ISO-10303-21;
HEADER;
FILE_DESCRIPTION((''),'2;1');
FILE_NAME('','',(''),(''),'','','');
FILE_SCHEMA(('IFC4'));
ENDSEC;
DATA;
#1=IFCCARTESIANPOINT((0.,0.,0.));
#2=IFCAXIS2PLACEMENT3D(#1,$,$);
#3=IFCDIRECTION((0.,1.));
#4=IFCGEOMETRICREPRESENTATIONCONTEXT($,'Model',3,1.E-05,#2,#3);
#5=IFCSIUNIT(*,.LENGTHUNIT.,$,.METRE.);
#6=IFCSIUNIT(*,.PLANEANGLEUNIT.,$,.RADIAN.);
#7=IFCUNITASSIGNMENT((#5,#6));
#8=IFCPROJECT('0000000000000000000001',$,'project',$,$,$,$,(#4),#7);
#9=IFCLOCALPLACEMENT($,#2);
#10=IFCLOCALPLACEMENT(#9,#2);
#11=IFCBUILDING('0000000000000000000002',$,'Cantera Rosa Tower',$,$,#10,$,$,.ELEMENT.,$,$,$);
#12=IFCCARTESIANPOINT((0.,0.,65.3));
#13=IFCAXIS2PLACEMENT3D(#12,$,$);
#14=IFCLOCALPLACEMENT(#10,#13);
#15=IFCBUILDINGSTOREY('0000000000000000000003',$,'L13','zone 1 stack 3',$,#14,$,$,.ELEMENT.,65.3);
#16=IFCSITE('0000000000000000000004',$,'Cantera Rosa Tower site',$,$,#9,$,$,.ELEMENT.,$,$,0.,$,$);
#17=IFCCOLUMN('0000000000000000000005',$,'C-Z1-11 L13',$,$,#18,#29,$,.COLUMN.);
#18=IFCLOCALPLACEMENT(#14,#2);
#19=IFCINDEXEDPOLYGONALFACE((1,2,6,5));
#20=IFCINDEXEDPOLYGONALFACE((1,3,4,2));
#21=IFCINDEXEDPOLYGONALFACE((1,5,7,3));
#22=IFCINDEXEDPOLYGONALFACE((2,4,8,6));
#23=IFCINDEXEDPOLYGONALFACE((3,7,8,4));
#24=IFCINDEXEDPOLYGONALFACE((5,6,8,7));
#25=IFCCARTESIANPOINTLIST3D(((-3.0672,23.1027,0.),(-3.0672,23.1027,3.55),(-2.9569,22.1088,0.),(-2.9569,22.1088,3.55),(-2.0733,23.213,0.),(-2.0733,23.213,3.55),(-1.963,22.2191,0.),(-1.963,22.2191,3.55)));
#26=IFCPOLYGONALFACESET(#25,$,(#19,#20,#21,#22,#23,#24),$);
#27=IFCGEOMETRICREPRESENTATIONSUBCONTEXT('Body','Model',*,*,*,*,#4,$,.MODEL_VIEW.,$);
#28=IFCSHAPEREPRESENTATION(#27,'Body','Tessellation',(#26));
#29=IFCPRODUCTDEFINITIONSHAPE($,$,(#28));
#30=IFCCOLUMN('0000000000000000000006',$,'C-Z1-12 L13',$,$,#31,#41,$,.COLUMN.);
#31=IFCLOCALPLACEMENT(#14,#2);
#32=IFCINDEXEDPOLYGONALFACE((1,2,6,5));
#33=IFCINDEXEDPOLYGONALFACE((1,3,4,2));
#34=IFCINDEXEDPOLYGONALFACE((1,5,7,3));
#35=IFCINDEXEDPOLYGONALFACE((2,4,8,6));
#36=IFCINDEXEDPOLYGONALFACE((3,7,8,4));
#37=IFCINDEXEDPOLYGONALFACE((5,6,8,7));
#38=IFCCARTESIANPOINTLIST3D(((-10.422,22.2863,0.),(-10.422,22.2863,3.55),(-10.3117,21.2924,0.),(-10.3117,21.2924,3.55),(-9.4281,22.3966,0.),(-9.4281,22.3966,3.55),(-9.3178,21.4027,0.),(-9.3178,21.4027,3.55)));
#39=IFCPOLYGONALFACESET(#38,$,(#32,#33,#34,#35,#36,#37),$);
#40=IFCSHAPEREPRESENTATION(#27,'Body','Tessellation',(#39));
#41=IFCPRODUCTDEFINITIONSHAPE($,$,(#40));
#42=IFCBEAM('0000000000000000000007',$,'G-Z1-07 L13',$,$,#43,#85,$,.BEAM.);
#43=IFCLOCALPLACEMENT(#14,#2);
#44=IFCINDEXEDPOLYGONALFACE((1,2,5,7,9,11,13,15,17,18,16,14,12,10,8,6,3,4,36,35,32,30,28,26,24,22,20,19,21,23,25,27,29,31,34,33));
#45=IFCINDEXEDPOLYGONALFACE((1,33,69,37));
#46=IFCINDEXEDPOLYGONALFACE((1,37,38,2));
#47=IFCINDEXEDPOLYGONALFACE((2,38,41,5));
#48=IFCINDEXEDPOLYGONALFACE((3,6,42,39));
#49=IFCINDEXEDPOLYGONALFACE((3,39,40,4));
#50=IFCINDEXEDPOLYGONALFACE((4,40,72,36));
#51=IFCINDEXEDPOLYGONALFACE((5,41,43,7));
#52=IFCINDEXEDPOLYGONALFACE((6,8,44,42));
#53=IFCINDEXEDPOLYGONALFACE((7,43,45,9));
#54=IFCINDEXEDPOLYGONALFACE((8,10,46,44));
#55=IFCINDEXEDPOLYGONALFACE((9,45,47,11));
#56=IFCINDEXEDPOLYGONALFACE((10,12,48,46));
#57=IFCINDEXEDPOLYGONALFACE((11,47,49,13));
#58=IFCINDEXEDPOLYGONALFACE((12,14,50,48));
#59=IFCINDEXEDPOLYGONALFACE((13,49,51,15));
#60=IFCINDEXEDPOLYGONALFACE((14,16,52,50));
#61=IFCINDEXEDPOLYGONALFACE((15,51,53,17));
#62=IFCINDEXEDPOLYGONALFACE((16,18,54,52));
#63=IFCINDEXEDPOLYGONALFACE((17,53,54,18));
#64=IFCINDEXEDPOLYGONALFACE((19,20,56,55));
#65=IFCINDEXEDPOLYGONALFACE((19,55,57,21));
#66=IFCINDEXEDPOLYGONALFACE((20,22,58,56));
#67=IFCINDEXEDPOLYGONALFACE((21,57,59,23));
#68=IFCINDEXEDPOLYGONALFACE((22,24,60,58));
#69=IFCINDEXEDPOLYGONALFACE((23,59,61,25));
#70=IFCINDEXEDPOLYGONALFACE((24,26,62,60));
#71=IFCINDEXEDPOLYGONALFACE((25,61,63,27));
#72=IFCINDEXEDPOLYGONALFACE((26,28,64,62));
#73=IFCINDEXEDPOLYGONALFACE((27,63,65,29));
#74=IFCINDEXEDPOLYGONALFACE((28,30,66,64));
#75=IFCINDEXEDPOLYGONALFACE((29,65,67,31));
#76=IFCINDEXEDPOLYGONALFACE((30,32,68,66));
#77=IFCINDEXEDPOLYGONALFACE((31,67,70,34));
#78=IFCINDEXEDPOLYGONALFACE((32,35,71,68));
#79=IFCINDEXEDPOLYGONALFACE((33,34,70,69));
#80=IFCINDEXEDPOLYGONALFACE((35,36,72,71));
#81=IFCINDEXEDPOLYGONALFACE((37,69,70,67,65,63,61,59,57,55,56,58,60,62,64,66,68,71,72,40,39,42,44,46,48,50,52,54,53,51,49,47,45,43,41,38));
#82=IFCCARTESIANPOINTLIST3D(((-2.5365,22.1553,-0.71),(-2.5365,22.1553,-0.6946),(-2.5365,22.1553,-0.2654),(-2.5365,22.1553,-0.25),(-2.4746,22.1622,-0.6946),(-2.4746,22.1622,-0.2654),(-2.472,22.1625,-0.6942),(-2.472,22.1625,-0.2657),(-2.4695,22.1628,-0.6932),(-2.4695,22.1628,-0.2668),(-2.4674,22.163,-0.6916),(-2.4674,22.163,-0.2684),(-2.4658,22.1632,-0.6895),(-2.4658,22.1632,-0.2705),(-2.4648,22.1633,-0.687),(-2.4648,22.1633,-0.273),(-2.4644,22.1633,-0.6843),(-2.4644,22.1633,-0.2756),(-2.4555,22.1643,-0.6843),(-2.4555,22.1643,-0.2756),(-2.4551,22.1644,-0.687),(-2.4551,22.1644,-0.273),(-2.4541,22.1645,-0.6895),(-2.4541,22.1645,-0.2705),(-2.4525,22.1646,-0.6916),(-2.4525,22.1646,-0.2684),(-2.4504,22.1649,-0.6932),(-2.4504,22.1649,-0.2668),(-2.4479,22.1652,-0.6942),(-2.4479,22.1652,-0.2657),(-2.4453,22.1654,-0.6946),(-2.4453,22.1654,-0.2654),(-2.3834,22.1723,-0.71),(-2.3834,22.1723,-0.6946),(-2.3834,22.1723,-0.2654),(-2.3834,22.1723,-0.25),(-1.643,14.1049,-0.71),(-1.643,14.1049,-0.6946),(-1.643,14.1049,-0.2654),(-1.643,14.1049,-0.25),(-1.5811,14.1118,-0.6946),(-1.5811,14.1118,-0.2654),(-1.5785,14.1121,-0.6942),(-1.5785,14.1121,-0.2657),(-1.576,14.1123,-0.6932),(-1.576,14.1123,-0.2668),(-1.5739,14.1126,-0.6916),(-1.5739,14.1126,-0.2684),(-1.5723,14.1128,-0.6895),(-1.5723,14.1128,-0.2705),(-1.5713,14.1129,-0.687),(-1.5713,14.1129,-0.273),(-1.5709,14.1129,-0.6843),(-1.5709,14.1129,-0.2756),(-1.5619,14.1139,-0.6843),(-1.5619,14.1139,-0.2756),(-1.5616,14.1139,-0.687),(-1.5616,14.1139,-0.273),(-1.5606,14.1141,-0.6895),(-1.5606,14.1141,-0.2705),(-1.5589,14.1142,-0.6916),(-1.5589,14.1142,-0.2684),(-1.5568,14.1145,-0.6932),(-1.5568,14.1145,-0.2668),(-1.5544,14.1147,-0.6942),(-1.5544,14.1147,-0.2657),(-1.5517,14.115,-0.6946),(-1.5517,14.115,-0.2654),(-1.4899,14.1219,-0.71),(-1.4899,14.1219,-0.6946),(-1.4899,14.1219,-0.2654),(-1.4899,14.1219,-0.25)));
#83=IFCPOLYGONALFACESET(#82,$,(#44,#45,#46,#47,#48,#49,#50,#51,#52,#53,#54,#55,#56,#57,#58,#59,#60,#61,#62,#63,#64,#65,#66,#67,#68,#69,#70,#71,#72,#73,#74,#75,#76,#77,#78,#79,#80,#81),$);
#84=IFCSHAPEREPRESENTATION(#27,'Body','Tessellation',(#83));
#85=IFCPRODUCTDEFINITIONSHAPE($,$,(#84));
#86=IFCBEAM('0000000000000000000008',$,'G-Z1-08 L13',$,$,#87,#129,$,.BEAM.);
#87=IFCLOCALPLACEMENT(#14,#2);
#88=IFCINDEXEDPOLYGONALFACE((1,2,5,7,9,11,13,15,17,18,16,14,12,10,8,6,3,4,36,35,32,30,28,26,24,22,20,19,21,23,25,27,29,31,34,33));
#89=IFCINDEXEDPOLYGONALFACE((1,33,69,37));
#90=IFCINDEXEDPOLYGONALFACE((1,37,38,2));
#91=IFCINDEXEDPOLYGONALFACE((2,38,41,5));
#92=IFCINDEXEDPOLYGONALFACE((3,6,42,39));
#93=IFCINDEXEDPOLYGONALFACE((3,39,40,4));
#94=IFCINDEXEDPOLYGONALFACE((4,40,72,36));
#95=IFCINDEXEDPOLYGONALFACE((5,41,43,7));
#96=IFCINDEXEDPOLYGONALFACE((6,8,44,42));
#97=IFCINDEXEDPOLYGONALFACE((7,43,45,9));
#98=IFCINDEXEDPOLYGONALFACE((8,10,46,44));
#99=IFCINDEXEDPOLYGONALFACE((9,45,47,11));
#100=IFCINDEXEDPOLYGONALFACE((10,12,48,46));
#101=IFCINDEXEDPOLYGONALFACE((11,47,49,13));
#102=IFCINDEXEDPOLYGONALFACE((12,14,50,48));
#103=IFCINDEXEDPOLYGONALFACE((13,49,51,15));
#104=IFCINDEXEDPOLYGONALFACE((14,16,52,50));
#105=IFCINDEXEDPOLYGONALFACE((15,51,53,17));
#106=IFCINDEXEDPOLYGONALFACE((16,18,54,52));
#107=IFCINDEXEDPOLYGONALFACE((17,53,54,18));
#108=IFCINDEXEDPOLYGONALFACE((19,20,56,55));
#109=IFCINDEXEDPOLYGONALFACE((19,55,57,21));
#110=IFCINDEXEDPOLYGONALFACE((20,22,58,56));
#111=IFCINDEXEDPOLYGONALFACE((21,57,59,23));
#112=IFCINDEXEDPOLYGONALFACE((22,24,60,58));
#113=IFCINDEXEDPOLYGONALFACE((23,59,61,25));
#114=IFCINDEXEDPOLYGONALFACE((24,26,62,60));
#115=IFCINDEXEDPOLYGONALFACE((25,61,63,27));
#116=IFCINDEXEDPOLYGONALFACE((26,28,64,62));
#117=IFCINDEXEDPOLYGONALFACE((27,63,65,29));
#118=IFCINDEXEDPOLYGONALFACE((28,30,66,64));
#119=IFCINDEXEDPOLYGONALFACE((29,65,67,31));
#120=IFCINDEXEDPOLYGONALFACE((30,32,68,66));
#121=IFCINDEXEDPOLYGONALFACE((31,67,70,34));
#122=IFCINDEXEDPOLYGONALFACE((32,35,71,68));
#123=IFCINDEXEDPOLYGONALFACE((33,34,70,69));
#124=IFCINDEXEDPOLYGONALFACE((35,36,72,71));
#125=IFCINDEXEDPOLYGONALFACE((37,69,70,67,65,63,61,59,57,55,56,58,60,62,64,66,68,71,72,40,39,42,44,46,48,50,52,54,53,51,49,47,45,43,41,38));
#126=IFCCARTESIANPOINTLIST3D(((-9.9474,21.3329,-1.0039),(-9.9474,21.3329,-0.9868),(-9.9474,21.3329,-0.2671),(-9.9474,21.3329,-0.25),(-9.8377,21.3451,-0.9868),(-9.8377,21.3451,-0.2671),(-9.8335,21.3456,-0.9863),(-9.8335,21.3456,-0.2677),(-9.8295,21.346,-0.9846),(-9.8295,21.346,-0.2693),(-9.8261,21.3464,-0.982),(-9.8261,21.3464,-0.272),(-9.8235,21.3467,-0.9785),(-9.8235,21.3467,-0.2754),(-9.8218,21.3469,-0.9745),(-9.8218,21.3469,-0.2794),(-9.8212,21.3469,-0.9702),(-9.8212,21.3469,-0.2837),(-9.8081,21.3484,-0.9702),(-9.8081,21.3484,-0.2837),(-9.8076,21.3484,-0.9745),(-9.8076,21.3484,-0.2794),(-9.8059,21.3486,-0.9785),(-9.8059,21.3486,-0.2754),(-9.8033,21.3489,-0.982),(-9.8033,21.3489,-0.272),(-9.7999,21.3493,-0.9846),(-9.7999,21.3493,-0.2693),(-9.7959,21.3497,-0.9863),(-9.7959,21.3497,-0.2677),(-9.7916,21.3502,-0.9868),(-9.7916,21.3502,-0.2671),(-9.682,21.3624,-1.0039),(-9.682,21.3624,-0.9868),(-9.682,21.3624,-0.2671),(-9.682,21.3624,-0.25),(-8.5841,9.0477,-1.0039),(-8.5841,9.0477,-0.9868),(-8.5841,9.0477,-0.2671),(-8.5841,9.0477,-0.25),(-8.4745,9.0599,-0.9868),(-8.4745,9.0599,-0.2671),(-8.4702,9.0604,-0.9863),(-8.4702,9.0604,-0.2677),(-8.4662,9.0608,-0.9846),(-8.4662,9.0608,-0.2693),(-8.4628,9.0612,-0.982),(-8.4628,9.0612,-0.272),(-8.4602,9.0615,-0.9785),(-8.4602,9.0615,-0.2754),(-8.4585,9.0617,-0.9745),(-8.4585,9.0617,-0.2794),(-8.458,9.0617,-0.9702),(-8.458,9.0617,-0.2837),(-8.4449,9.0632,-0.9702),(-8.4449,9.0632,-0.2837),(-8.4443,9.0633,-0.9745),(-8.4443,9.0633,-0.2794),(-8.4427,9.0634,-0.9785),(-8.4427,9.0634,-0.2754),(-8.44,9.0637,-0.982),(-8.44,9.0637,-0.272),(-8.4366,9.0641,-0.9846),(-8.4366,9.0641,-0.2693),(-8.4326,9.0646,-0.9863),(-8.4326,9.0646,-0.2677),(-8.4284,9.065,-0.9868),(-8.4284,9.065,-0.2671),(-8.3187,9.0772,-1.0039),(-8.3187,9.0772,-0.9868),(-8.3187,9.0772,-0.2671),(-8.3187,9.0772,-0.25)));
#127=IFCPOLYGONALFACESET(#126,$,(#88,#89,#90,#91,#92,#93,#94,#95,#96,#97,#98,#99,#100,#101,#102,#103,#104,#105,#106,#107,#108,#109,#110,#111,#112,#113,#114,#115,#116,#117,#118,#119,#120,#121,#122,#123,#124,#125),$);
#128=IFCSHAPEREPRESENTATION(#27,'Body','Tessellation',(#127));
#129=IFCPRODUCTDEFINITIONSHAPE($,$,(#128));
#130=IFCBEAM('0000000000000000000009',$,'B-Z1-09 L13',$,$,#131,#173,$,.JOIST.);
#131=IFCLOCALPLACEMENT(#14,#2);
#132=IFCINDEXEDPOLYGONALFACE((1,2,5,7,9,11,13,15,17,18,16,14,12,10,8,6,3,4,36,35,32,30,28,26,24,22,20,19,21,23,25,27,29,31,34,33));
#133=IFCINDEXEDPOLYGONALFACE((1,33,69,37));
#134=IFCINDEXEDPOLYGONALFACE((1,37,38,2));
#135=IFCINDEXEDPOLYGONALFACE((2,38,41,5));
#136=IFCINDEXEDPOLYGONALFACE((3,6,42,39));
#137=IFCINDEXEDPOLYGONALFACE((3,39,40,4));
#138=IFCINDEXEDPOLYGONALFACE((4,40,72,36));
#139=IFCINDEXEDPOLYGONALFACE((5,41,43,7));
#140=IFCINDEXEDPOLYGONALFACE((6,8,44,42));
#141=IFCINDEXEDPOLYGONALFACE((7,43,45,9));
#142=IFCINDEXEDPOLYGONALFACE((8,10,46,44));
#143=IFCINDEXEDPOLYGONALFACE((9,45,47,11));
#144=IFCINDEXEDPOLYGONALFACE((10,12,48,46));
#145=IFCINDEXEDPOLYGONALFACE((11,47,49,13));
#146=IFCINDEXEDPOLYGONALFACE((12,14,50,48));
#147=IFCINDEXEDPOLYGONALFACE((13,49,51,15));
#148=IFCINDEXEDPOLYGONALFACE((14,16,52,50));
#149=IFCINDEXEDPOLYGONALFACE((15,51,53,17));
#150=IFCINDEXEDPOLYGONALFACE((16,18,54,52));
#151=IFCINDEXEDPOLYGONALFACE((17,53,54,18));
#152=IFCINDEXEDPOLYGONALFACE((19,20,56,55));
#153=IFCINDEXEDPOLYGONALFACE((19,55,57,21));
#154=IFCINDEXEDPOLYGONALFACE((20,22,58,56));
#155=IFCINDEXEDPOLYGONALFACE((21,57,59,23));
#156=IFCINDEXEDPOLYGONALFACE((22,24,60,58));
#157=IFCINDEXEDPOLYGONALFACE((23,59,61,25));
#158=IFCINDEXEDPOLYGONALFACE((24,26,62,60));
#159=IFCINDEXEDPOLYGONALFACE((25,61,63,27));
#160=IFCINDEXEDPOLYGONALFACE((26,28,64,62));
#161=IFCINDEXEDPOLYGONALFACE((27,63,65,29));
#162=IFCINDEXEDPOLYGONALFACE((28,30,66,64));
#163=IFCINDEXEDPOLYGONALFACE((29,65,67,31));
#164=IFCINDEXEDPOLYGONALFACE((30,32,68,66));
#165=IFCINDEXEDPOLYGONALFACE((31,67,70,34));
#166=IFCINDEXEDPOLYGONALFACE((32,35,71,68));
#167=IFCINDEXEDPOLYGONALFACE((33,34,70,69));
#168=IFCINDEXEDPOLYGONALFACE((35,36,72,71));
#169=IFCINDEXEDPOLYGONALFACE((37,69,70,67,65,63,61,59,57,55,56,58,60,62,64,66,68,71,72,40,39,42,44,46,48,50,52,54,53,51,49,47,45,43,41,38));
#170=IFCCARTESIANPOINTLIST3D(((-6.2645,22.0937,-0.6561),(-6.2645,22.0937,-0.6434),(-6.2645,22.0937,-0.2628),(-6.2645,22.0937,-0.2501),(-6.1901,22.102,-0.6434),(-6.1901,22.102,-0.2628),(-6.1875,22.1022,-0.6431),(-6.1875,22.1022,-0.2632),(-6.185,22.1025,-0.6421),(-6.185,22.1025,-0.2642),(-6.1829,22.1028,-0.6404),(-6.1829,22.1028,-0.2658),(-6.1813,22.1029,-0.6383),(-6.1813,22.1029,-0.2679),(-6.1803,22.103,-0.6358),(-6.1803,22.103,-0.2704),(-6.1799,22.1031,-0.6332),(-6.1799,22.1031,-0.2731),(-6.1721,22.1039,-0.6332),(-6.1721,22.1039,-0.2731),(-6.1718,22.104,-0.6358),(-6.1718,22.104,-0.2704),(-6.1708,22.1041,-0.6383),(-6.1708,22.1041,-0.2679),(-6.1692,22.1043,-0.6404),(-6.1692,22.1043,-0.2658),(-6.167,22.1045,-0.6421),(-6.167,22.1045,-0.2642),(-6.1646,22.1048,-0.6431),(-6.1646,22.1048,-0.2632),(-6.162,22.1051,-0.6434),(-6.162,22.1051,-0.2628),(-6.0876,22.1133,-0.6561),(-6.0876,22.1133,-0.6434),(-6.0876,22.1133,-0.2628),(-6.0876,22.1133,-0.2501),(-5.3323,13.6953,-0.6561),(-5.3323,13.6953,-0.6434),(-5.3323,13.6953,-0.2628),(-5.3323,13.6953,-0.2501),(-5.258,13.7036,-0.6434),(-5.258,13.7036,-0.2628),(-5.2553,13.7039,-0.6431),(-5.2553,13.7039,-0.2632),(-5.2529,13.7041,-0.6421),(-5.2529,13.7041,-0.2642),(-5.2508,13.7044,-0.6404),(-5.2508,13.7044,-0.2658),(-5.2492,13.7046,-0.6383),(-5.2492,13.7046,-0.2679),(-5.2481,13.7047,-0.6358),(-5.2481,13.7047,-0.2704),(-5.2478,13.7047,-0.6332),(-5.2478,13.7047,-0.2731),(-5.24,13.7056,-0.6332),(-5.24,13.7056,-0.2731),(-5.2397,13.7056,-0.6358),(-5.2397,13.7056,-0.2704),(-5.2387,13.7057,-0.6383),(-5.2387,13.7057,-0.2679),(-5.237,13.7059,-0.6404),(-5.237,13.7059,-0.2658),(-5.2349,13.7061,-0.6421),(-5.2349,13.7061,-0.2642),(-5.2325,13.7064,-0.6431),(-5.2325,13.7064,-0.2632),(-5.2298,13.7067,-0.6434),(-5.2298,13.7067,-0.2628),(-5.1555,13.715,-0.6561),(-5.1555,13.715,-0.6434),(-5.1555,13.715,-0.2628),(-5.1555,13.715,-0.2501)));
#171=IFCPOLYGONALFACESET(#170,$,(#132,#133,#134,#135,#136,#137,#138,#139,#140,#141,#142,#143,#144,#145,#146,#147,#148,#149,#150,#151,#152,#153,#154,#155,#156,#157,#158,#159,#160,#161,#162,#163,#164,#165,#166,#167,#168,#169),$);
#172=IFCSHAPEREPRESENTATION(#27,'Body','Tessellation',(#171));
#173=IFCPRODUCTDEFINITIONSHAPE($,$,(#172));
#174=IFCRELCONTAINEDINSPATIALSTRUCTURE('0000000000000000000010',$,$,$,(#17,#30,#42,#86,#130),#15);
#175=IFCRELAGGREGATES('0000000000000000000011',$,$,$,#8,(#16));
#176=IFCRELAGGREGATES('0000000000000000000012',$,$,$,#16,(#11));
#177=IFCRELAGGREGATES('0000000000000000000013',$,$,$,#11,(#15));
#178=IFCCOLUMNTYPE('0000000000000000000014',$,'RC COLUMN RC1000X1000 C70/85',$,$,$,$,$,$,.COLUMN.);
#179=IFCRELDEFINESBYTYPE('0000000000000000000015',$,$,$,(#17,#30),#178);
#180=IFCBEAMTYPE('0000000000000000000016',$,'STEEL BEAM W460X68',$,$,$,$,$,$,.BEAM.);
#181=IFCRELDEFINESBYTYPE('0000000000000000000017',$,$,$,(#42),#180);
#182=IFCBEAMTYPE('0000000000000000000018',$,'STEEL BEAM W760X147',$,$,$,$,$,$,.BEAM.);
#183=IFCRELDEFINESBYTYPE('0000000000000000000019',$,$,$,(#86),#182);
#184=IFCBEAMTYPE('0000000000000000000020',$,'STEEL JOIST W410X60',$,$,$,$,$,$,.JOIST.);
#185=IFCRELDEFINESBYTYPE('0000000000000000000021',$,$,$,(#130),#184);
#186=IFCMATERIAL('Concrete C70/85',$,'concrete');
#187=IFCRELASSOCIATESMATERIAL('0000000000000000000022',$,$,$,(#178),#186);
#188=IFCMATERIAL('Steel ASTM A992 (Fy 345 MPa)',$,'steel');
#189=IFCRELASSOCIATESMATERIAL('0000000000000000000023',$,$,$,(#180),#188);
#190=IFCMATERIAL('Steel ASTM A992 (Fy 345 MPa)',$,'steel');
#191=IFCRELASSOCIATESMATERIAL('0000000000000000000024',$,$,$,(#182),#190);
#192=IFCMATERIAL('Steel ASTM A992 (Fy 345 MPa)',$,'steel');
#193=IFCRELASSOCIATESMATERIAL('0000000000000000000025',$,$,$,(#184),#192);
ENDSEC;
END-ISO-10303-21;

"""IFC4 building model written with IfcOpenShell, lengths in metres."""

from ifc_helpers import new_model, si_unit, direction, frame, origin, origin_2d, place, context, subcontext, project, spatial, rectangle, i_section, extrude, material, material_profile, profile_set, type_object, element, save


model = new_model("IFC4")

# Units and contexts
model_context = context("Model", 3, precision=1e-05, world=origin(), true_north=direction((0.0, 1.0)))
body_context = subcontext(model_context, "Body", "Model", "MODEL_VIEW")
ifc_project = project(units=[si_unit("LENGTHUNIT", "METRE"), si_unit("PLANEANGLEUNIT", "RADIAN")], contexts=[model_context])

# Site, building, storey
site_placement = place(None, origin())
site = spatial("IfcSite", under=ifc_project, at=site_placement, Name="Cantera Rosa Tower site", CompositionType="ELEMENT", RefElevation=0.0)
building_placement = place(site_placement, origin())
building = spatial("IfcBuilding", under=site, at=building_placement, Name="Cantera Rosa Tower", CompositionType="ELEMENT")
storey_placement = place(building_placement, frame((0.0, 0.0, 65.3)))
storey = spatial("IfcBuildingStorey", under=building, at=storey_placement, Name="L13", Description="zone 1 stack 3", CompositionType="ELEMENT", Elevation=65.3)

# Columns
ifc_material_1 = material(Name="Concrete C70/85", Category="concrete")
ifc_material_profile_1 = material_profile(ifc_material_1, rectangle(XDim=1.0, YDim=1.0, at=origin_2d()), Name="RC COLUMN RC1000X1000 C70/85")
ifc_profile_set_1 = profile_set([ifc_material_profile_1], Name="Concrete C70/85")
column_type = type_object("IfcColumnType", Name="RC COLUMN RC1000X1000 C70/85", PredefinedType="COLUMN", material=ifc_profile_set_1)
for number, where, z_axis, x_axis, name in (
    (1, (-2.5151, 22.6609, 0.0), (0.0, 0.0, 1.0), (0.993897, 0.110313, 0.0), "C-Z1-11 L13"),
    (2, (-9.8699, 21.8445, 0.0), (0.0, 0.0, 1.0), (0.993897, 0.110313, 0.0), "C-Z1-12 L13"),
):
    element("IfcColumn", number, at=place(storey_placement, frame(where, z_axis=z_axis, x_axis=x_axis)), inside=storey, type_object=column_type, Name=name, PredefinedType="COLUMN", context=body_context, shape_type="SweptSolid", body=[
        extrude(rectangle(XDim=1.0, YDim=1.0, at=origin_2d()), origin(), (0.0, 0.0, 1.0), 3.55),
    ])

# Beams
ifc_material_2 = material(Name="Steel ASTM A992 (Fy 345 MPa)", Category="steel")
ifc_material_profile_2 = material_profile(ifc_material_2, i_section(OverallWidth=0.1541, OverallDepth=0.46, WebThickness=0.009, FlangeThickness=0.0154, FilletRadius=0.0103, at=origin_2d()), Name="W460X68")
ifc_profile_set_2 = profile_set([ifc_material_profile_2], Name="Steel ASTM A992 (Fy 345 MPa)")
beam_type_1 = type_object("IfcBeamType", Name="STEEL BEAM W460X68", PredefinedType="BEAM", material=ifc_profile_set_2)
beam_1_placement = place(storey_placement, frame((-2.46, 22.1638, -0.48), z_axis=(0.110316, -0.993897, 0.0), x_axis=(0.993897, 0.110316, 0.0)))
element("IfcBeam", 3, at=beam_1_placement, inside=storey, type_object=beam_type_1, Name="G-Z1-07 L13", PredefinedType="BEAM", context=body_context, shape_type="SweptSolid", body=[
    extrude(i_section(OverallWidth=0.1541, OverallDepth=0.46, WebThickness=0.009, FlangeThickness=0.0154, FilletRadius=0.0103, at=origin_2d()), origin(), (0.0, 0.0, 1.0), 8.0999),
])
ifc_material_3 = material(Name="Steel ASTM A992 (Fy 345 MPa)", Category="steel")
ifc_material_profile_3 = material_profile(ifc_material_3, i_section(OverallWidth=0.2671, OverallDepth=0.7539, WebThickness=0.0132, FlangeThickness=0.0171, FilletRadius=0.0166, at=origin_2d()), Name="W760X147")
ifc_profile_set_3 = profile_set([ifc_material_profile_3], Name="Steel ASTM A992 (Fy 345 MPa)")
beam_type_2 = type_object("IfcBeamType", Name="STEEL BEAM W760X147", PredefinedType="BEAM", material=ifc_profile_set_3)
beam_2_placement = place(storey_placement, frame((-9.8147, 21.3477, -0.627), z_axis=(0.110293, -0.993899, 0.0), x_axis=(0.993899, 0.110293, 0.0)))
element("IfcBeam", 4, at=beam_2_placement, inside=storey, type_object=beam_type_2, Name="G-Z1-08 L13", PredefinedType="BEAM", context=body_context, shape_type="SweptSolid", body=[
    extrude(i_section(OverallWidth=0.2671, OverallDepth=0.7539, WebThickness=0.0132, FlangeThickness=0.0171, FilletRadius=0.0166, at=origin_2d()), origin(), (0.0, 0.0, 1.0), 12.3606),
])
ifc_material_4 = material(Name="Steel ASTM A992 (Fy 345 MPa)", Category="steel")
ifc_material_profile_4 = material_profile(ifc_material_4, i_section(OverallWidth=0.178, OverallDepth=0.406, WebThickness=0.0078, FlangeThickness=0.0127, FilletRadius=0.0103, at=origin_2d()), Name="W410X60")
ifc_profile_set_4 = profile_set([ifc_material_profile_4], Name="Steel ASTM A992 (Fy 345 MPa)")
beam_type_3 = type_object("IfcBeamType", Name="STEEL JOIST W410X60", PredefinedType="JOIST", material=ifc_profile_set_4)
beam_3_placement = place(storey_placement, frame((-6.176, 22.1035, -0.4531), z_axis=(0.110311, -0.993897, 0.0), x_axis=(0.993897, 0.110311, 0.0)))
element("IfcBeam", 5, at=beam_3_placement, inside=storey, type_object=beam_type_3, Name="B-Z1-09 L13", PredefinedType="JOIST", context=body_context, shape_type="SweptSolid", body=[
    extrude(i_section(OverallWidth=0.178, OverallDepth=0.406, WebThickness=0.0078, FlangeThickness=0.0127, FilletRadius=0.0103, at=origin_2d()), origin(), (0.0, 0.0, 1.0), 8.45),
])

save(model, "model.ifc")
